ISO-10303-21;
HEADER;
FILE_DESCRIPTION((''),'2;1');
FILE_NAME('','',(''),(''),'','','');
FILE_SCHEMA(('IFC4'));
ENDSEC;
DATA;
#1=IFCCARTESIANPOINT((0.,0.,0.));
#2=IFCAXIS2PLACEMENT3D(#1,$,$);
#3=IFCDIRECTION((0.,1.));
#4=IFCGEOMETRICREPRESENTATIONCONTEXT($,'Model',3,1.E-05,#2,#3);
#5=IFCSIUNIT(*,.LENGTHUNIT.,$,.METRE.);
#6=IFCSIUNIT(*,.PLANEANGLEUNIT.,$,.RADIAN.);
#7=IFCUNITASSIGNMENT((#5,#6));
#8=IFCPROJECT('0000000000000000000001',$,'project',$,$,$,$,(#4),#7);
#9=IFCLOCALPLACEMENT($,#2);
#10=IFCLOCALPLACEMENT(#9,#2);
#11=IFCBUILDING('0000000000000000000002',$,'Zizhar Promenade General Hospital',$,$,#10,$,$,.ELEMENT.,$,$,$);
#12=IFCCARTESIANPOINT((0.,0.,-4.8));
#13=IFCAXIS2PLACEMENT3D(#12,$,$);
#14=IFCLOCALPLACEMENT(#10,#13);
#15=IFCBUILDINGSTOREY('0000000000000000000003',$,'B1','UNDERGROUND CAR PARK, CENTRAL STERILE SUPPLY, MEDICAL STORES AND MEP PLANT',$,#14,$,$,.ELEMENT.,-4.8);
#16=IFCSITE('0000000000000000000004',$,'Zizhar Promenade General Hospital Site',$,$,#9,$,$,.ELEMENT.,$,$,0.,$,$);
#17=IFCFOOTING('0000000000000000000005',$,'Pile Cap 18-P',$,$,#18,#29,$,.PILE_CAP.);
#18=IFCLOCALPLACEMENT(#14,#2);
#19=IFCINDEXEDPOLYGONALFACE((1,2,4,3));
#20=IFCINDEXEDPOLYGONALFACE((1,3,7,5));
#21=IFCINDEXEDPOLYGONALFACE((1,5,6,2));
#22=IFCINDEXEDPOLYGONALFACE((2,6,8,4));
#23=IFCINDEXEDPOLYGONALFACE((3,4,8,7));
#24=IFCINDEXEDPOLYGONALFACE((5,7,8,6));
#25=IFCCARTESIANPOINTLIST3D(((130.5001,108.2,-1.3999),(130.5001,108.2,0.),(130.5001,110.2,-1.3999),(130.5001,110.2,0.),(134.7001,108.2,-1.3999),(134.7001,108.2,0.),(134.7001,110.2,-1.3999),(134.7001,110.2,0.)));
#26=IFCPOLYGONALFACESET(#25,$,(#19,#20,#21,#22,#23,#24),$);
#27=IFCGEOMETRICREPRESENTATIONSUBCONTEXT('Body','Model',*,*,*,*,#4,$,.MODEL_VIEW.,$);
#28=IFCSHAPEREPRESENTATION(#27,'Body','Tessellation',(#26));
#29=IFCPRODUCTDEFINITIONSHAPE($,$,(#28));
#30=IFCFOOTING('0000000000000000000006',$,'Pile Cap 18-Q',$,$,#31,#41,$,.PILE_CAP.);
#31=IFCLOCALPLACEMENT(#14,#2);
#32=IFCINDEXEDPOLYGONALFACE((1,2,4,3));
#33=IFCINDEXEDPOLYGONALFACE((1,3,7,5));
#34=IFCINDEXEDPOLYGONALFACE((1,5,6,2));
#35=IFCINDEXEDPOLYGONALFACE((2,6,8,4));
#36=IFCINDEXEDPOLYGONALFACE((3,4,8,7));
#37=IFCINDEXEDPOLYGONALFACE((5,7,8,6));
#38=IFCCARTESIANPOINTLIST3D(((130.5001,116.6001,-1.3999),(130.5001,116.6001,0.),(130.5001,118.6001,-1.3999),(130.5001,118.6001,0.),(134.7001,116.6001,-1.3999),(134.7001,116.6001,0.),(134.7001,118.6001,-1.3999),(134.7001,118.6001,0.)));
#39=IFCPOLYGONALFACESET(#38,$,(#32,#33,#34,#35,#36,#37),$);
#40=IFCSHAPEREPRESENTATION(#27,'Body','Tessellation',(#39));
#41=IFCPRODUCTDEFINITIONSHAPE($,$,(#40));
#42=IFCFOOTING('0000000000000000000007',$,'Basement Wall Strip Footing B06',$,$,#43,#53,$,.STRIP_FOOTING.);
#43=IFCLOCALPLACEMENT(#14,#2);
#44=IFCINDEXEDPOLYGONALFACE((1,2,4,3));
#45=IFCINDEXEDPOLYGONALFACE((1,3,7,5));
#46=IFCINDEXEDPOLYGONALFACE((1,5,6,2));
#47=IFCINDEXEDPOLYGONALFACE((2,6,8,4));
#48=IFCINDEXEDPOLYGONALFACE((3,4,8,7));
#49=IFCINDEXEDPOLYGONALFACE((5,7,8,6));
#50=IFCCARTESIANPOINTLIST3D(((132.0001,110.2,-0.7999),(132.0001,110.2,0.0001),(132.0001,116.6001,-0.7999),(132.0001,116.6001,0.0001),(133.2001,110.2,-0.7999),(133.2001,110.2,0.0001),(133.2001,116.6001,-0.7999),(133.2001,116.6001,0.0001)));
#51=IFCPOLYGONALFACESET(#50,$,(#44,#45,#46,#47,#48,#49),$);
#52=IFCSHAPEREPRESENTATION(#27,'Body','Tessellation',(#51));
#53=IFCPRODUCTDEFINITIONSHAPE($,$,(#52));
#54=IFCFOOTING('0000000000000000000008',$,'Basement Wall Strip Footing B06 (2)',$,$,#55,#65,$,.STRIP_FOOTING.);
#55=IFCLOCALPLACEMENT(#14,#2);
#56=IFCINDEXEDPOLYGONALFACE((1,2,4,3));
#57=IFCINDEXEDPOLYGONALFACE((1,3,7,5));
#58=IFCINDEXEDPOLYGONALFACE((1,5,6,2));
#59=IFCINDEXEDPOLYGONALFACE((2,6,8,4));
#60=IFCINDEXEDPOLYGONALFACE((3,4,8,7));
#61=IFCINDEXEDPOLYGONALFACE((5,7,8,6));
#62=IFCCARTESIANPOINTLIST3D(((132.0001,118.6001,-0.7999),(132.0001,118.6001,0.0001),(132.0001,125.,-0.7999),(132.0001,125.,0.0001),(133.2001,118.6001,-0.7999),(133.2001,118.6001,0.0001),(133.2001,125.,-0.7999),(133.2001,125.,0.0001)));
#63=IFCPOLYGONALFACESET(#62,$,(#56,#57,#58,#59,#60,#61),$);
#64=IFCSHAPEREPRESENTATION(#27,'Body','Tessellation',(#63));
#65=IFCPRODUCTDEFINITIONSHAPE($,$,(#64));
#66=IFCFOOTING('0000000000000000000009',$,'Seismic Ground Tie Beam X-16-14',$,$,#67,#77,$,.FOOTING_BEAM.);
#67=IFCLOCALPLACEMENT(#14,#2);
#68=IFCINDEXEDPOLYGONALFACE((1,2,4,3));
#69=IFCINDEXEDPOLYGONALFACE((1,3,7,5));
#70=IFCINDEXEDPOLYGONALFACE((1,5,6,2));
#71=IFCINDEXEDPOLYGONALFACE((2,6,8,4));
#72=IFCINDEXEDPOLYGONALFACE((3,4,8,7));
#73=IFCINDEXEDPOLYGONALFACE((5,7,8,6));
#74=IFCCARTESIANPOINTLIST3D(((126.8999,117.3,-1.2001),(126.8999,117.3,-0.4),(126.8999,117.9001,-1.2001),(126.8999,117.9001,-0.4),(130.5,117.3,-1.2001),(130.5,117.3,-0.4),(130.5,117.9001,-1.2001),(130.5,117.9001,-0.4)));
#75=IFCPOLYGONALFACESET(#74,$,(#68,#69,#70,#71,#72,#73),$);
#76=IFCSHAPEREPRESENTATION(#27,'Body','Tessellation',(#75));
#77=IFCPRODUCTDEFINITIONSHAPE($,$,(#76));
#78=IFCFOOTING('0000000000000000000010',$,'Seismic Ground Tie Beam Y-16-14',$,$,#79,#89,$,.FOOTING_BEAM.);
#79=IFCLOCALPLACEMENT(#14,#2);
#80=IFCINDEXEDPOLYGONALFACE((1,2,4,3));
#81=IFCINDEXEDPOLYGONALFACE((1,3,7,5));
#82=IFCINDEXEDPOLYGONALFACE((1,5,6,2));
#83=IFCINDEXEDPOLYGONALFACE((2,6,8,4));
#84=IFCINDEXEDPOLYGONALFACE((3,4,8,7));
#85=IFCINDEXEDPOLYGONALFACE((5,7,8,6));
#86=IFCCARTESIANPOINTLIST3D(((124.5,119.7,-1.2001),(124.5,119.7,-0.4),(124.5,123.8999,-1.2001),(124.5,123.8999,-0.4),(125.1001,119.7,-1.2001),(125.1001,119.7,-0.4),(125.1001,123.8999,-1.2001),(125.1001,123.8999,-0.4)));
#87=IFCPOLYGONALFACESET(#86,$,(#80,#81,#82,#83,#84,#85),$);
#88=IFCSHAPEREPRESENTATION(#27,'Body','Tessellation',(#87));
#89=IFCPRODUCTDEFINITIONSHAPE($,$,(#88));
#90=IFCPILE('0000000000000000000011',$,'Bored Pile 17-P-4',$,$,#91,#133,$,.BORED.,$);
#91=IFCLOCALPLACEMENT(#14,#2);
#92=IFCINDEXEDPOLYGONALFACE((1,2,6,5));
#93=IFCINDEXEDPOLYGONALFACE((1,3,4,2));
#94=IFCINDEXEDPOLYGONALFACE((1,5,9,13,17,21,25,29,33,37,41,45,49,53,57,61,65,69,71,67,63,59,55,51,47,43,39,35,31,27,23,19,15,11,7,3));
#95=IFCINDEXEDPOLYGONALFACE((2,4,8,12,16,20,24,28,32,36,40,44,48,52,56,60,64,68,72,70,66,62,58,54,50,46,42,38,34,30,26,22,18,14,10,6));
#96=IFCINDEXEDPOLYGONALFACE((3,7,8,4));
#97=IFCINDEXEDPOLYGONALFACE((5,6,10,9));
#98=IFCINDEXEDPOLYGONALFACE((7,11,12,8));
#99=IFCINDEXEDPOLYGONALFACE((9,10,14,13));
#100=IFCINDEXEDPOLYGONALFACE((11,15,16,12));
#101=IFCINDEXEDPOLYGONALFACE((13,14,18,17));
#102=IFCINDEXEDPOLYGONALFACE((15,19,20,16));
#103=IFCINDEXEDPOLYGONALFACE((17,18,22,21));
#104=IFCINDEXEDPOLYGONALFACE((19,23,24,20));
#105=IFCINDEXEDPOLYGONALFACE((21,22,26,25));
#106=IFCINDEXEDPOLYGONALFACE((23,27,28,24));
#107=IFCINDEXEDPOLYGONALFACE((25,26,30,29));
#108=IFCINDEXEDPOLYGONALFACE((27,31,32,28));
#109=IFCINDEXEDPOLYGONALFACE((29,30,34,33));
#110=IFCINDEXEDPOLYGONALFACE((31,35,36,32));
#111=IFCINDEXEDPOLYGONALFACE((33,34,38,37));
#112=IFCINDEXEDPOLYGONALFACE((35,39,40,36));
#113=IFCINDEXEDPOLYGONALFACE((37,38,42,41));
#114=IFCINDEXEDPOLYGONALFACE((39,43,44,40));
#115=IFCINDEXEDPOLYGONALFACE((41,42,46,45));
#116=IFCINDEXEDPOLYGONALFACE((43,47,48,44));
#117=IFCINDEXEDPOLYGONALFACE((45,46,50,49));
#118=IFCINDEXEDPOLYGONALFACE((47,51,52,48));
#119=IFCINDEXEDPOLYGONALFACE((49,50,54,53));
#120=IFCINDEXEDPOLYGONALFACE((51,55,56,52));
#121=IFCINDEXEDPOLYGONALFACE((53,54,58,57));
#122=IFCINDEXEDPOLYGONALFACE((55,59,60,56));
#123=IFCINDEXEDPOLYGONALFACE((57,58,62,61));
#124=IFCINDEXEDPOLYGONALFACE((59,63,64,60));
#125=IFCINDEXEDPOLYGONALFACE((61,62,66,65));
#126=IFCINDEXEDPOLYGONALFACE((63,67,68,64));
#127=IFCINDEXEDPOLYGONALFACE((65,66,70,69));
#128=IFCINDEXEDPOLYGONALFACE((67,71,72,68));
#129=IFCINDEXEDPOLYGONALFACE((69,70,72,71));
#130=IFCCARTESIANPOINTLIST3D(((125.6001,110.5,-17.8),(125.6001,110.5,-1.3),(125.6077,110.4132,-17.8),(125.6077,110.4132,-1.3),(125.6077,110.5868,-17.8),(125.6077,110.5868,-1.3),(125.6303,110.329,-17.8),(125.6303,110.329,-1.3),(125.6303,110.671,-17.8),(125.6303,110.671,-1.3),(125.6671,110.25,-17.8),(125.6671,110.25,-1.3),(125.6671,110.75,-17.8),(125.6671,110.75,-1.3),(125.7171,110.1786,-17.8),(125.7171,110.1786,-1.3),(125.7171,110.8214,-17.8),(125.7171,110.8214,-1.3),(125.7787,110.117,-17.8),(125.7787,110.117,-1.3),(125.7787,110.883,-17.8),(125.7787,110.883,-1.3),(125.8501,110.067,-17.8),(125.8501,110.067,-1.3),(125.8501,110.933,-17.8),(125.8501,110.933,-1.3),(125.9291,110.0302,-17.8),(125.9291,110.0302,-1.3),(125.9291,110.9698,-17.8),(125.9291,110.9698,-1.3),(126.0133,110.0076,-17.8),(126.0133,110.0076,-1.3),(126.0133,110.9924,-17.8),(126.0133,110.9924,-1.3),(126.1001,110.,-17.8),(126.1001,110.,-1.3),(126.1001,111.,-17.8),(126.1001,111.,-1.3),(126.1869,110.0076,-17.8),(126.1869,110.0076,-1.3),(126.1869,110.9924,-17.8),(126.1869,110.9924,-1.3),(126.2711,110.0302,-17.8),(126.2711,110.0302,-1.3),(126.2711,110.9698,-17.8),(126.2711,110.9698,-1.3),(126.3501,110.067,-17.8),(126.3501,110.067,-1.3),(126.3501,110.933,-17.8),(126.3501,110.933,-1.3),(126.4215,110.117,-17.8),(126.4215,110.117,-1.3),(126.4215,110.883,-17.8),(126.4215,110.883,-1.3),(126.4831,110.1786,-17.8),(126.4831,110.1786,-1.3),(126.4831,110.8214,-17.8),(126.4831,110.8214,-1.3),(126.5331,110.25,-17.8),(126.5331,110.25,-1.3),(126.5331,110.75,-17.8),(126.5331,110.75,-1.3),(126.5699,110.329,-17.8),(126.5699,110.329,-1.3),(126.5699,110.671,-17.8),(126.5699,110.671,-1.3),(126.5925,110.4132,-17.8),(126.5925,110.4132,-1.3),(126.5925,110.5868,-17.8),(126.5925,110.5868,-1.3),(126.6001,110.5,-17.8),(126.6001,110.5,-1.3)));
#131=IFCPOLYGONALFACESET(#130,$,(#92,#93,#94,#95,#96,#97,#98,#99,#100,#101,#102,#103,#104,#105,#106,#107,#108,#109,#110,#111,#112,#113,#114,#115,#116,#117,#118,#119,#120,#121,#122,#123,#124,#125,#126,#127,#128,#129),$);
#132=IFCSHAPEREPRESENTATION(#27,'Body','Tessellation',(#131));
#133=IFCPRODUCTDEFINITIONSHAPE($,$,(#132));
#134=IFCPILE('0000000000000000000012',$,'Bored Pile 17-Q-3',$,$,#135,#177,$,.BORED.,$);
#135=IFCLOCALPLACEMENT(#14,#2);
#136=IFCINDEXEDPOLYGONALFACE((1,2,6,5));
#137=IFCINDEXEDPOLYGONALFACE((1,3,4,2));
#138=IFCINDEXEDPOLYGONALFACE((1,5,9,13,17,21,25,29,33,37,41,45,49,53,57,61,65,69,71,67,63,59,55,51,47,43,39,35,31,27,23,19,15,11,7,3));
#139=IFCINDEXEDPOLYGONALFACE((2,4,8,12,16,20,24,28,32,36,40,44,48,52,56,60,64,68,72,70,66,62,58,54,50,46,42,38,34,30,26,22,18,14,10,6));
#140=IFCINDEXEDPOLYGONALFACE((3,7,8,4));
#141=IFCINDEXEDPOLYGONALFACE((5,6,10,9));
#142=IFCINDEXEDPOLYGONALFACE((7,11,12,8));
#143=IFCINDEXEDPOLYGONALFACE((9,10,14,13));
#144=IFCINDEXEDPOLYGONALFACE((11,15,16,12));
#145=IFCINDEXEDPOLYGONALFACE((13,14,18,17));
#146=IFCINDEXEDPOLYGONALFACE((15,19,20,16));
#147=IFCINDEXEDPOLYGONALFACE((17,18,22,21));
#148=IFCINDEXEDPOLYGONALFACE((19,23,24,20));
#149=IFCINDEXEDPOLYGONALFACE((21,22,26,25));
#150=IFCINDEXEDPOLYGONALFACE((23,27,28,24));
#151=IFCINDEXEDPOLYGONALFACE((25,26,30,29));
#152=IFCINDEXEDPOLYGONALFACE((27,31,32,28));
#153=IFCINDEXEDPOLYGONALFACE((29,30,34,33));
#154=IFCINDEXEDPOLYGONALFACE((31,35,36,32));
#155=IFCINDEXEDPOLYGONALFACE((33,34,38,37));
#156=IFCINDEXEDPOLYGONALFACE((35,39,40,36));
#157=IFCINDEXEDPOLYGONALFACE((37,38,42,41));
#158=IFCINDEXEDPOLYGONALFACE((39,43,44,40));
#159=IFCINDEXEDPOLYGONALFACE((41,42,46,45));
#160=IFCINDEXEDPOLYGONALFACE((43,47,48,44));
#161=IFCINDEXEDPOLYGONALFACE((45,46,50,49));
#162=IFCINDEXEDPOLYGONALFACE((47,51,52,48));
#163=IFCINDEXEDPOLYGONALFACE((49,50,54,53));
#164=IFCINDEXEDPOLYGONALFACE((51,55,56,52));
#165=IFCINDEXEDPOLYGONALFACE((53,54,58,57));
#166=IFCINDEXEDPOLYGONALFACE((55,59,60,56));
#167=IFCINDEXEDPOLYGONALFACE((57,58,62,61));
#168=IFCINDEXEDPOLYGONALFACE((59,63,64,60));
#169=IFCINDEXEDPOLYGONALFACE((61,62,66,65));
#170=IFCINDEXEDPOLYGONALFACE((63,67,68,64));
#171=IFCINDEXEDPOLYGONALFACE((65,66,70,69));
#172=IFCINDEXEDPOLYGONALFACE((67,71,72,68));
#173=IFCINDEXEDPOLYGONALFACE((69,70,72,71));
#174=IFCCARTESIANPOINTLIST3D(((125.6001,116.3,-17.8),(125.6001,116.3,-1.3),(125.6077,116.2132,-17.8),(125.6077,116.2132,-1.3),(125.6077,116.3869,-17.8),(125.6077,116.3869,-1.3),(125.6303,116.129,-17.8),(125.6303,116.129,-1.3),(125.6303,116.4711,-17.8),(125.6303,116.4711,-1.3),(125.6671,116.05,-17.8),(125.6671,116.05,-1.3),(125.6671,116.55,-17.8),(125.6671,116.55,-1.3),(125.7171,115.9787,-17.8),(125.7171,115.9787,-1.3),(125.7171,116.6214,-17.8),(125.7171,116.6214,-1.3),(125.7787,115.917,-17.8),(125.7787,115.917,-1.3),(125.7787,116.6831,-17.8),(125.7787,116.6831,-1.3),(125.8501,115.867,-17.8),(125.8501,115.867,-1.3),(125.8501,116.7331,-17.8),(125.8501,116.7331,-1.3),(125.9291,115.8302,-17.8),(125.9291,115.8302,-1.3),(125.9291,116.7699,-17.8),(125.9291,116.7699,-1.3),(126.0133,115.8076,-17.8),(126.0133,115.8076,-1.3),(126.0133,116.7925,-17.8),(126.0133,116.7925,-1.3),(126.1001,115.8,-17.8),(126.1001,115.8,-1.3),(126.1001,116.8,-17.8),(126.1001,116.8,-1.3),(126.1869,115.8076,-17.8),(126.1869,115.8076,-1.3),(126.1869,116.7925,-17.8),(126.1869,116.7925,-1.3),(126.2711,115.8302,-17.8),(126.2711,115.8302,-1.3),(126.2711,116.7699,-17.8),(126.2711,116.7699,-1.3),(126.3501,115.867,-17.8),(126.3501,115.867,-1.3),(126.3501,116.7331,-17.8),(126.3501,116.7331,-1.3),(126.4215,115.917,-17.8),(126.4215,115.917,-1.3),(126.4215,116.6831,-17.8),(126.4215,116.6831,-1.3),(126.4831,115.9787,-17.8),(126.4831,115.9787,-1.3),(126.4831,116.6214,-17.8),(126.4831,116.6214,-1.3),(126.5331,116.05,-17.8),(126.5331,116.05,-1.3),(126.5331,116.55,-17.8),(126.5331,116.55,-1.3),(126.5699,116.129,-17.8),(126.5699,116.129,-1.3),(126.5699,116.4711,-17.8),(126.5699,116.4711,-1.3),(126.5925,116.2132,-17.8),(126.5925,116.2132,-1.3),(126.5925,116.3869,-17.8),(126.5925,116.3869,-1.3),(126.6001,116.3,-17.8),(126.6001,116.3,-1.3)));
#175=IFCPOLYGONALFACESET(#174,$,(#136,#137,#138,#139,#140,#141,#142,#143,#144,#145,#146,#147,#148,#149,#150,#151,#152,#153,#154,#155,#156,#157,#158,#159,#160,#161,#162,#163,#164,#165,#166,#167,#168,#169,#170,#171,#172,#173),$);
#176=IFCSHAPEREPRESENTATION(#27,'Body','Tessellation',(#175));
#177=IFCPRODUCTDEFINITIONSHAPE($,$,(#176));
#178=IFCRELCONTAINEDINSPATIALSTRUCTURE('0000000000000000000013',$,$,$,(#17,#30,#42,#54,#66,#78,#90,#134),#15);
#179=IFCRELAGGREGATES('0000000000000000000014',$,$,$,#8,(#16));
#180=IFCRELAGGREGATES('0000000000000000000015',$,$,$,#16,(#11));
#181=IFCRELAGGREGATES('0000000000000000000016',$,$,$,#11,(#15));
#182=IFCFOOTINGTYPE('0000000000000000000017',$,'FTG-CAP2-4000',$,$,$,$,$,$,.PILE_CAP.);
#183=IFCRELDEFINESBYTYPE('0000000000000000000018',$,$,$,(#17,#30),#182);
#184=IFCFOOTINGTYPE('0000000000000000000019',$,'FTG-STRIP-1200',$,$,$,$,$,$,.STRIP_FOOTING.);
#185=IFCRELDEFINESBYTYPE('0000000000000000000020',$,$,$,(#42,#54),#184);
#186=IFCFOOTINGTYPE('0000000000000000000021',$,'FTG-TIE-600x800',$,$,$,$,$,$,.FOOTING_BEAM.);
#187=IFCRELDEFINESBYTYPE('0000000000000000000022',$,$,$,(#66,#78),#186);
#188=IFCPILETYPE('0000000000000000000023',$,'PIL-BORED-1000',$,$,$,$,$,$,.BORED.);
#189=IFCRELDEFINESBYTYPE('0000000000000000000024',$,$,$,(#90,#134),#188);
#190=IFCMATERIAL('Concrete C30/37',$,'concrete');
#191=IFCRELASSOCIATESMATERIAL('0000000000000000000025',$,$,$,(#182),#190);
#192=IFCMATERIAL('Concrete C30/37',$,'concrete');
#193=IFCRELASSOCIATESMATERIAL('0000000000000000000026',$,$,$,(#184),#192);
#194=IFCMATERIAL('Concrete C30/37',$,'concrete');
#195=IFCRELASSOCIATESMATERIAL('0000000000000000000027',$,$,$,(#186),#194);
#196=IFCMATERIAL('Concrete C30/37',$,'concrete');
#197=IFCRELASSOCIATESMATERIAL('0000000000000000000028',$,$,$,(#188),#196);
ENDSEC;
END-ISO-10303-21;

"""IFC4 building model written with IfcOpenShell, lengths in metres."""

from ifc_helpers import new_model, si_unit, direction, frame, origin, origin_2d, place, context, subcontext, project, spatial, rectangle, circle, extrude, material, material_profile, profile_set, type_object, element, save


model = new_model("IFC4")

# Units and contexts
model_context = context("Model", 3, precision=1e-05, world=origin(), true_north=direction((0.0, 1.0)))
body_context = subcontext(model_context, "Body", "Model", "MODEL_VIEW")
ifc_project = project(units=[si_unit("LENGTHUNIT", "METRE"), si_unit("PLANEANGLEUNIT", "RADIAN")], contexts=[model_context])

# Site, building, storey
site_placement = place(None, origin())
site = spatial("IfcSite", under=ifc_project, at=site_placement, Name="Zizhar Promenade General Hospital Site", CompositionType="ELEMENT", RefElevation=0.0)
building_placement = place(site_placement, origin())
building = spatial("IfcBuilding", under=site, at=building_placement, Name="Zizhar Promenade General Hospital", CompositionType="ELEMENT")
storey_placement = place(building_placement, frame((0.0, 0.0, -4.8)))
storey = spatial("IfcBuildingStorey", under=building, at=storey_placement, Name="B1", Description="UNDERGROUND CAR PARK, CENTRAL STERILE SUPPLY, MEDICAL STORES AND MEP PLANT", CompositionType="ELEMENT", Elevation=-4.8)

# Footings
ifc_material_1 = material(Name="Concrete C30/37", Category="concrete")
footing_type_1 = type_object("IfcFootingType", Name="FTG-CAP2-4000", PredefinedType="PILE_CAP", material=ifc_material_1)
for number, where, z_axis, x_axis, name in (
    (1, (132.6001, 109.2, -1.3999), (0.0, 0.0, 1.0), (1.0, 0.0, 0.0), "Pile Cap 18-P"),
    (2, (132.6001, 117.6001, -1.3999), (0.0, 0.0, 1.0), (1.0, 0.0, 0.0), "Pile Cap 18-Q"),
):
    element("IfcFooting", number, at=place(storey_placement, frame(where, z_axis=z_axis, x_axis=x_axis)), inside=storey, type_object=footing_type_1, Name=name, PredefinedType="PILE_CAP", context=body_context, shape_type="SweptSolid", body=[
        extrude(rectangle(XDim=4.2, YDim=2.0, at=origin_2d()), origin(), (0.0, 0.0, 1.0), 1.3999),
    ])
ifc_material_2 = material(Name="Concrete C30/37", Category="concrete")
ifc_material_profile_1 = material_profile(ifc_material_2, rectangle(XDim=1.2, YDim=0.8, at=origin_2d()))
ifc_profile_set_1 = profile_set([ifc_material_profile_1], Name="Concrete C30/37")
footing_type_2 = type_object("IfcFootingType", Name="FTG-STRIP-1200", PredefinedType="STRIP_FOOTING", material=ifc_profile_set_1)
footing_1_placement = place(storey_placement, frame((132.6001, 110.2, -0.3999), z_axis=(0.0, 1.0, 0.0), x_axis=(-1.0, 0.0, 0.0)))
element("IfcFooting", 3, at=footing_1_placement, inside=storey, type_object=footing_type_2, Name="Basement Wall Strip Footing B06", PredefinedType="STRIP_FOOTING", context=body_context, shape_type="SweptSolid", body=[
    extrude(rectangle(XDim=1.2, YDim=0.8, at=origin_2d()), origin(), (0.0, 0.0, 1.0), 6.4001),
])
footing_2_placement = place(storey_placement, frame((132.6001, 118.6001, -0.3999), z_axis=(0.0, 1.0, 0.0), x_axis=(-1.0, 0.0, 0.0)))
element("IfcFooting", 4, at=footing_2_placement, inside=storey, type_object=footing_type_2, Name="Basement Wall Strip Footing B06 (2)", PredefinedType="STRIP_FOOTING", context=body_context, shape_type="SweptSolid", body=[
    extrude(rectangle(XDim=1.2, YDim=0.8, at=origin_2d()), origin(), (0.0, 0.0, 1.0), 6.3999),
])
ifc_material_3 = material(Name="Concrete C30/37", Category="concrete")
ifc_material_profile_2 = material_profile(ifc_material_3, rectangle(XDim=0.6001, YDim=0.8, at=origin_2d()))
ifc_profile_set_2 = profile_set([ifc_material_profile_2], Name="Concrete C30/37")
footing_type_3 = type_object("IfcFootingType", Name="FTG-TIE-600x800", PredefinedType="FOOTING_BEAM", material=ifc_profile_set_2)
footing_3_placement = place(storey_placement, frame((126.8999, 117.6001, -0.8), z_axis=(1.0, 0.0, 0.0), x_axis=(0.0, 1.0, 0.0)))
element("IfcFooting", 5, at=footing_3_placement, inside=storey, type_object=footing_type_3, Name="Seismic Ground Tie Beam X-16-14", PredefinedType="FOOTING_BEAM", context=body_context, shape_type="SweptSolid", body=[
    extrude(rectangle(XDim=0.6001, YDim=0.8, at=origin_2d()), origin(), (0.0, 0.0, 1.0), 3.6001),
])
footing_4_placement = place(storey_placement, frame((124.8, 119.7, -0.8), z_axis=(0.0, 1.0, 0.0), x_axis=(-1.0, 0.0, 0.0)))
element("IfcFooting", 6, at=footing_4_placement, inside=storey, type_object=footing_type_3, Name="Seismic Ground Tie Beam Y-16-14", PredefinedType="FOOTING_BEAM", context=body_context, shape_type="SweptSolid", body=[
    extrude(rectangle(XDim=0.6001, YDim=0.8, at=origin_2d()), origin(), (0.0, 0.0, 1.0), 4.2),
])

# Piles
ifc_material_4 = material(Name="Concrete C30/37", Category="concrete")
ifc_material_profile_3 = material_profile(ifc_material_4, circle(Radius=0.5, at=origin_2d()))
ifc_profile_set_3 = profile_set([ifc_material_profile_3], Name="Concrete C30/37")
pile_type = type_object("IfcPileType", Name="PIL-BORED-1000", PredefinedType="BORED", material=ifc_profile_set_3)
for number, where, z_axis, x_axis, name in (
    (7, (126.1001, 110.5, -1.3), (0.0, 0.0, -1.0), (1.0, 0.0, 0.0), "Bored Pile 17-P-4"),
    (8, (126.1001, 116.3, -1.3), (0.0, 0.0, -1.0), (1.0, 0.0, 0.0), "Bored Pile 17-Q-3"),
):
    element("IfcPile", number, at=place(storey_placement, frame(where, z_axis=z_axis, x_axis=x_axis)), inside=storey, type_object=pile_type, Name=name, PredefinedType="BORED", context=body_context, shape_type="SweptSolid", body=[
        extrude(circle(Radius=0.5, at=origin_2d()), origin(), (0.0, 0.0, 1.0), 16.5),
    ])

save(model, "model.ifc")
